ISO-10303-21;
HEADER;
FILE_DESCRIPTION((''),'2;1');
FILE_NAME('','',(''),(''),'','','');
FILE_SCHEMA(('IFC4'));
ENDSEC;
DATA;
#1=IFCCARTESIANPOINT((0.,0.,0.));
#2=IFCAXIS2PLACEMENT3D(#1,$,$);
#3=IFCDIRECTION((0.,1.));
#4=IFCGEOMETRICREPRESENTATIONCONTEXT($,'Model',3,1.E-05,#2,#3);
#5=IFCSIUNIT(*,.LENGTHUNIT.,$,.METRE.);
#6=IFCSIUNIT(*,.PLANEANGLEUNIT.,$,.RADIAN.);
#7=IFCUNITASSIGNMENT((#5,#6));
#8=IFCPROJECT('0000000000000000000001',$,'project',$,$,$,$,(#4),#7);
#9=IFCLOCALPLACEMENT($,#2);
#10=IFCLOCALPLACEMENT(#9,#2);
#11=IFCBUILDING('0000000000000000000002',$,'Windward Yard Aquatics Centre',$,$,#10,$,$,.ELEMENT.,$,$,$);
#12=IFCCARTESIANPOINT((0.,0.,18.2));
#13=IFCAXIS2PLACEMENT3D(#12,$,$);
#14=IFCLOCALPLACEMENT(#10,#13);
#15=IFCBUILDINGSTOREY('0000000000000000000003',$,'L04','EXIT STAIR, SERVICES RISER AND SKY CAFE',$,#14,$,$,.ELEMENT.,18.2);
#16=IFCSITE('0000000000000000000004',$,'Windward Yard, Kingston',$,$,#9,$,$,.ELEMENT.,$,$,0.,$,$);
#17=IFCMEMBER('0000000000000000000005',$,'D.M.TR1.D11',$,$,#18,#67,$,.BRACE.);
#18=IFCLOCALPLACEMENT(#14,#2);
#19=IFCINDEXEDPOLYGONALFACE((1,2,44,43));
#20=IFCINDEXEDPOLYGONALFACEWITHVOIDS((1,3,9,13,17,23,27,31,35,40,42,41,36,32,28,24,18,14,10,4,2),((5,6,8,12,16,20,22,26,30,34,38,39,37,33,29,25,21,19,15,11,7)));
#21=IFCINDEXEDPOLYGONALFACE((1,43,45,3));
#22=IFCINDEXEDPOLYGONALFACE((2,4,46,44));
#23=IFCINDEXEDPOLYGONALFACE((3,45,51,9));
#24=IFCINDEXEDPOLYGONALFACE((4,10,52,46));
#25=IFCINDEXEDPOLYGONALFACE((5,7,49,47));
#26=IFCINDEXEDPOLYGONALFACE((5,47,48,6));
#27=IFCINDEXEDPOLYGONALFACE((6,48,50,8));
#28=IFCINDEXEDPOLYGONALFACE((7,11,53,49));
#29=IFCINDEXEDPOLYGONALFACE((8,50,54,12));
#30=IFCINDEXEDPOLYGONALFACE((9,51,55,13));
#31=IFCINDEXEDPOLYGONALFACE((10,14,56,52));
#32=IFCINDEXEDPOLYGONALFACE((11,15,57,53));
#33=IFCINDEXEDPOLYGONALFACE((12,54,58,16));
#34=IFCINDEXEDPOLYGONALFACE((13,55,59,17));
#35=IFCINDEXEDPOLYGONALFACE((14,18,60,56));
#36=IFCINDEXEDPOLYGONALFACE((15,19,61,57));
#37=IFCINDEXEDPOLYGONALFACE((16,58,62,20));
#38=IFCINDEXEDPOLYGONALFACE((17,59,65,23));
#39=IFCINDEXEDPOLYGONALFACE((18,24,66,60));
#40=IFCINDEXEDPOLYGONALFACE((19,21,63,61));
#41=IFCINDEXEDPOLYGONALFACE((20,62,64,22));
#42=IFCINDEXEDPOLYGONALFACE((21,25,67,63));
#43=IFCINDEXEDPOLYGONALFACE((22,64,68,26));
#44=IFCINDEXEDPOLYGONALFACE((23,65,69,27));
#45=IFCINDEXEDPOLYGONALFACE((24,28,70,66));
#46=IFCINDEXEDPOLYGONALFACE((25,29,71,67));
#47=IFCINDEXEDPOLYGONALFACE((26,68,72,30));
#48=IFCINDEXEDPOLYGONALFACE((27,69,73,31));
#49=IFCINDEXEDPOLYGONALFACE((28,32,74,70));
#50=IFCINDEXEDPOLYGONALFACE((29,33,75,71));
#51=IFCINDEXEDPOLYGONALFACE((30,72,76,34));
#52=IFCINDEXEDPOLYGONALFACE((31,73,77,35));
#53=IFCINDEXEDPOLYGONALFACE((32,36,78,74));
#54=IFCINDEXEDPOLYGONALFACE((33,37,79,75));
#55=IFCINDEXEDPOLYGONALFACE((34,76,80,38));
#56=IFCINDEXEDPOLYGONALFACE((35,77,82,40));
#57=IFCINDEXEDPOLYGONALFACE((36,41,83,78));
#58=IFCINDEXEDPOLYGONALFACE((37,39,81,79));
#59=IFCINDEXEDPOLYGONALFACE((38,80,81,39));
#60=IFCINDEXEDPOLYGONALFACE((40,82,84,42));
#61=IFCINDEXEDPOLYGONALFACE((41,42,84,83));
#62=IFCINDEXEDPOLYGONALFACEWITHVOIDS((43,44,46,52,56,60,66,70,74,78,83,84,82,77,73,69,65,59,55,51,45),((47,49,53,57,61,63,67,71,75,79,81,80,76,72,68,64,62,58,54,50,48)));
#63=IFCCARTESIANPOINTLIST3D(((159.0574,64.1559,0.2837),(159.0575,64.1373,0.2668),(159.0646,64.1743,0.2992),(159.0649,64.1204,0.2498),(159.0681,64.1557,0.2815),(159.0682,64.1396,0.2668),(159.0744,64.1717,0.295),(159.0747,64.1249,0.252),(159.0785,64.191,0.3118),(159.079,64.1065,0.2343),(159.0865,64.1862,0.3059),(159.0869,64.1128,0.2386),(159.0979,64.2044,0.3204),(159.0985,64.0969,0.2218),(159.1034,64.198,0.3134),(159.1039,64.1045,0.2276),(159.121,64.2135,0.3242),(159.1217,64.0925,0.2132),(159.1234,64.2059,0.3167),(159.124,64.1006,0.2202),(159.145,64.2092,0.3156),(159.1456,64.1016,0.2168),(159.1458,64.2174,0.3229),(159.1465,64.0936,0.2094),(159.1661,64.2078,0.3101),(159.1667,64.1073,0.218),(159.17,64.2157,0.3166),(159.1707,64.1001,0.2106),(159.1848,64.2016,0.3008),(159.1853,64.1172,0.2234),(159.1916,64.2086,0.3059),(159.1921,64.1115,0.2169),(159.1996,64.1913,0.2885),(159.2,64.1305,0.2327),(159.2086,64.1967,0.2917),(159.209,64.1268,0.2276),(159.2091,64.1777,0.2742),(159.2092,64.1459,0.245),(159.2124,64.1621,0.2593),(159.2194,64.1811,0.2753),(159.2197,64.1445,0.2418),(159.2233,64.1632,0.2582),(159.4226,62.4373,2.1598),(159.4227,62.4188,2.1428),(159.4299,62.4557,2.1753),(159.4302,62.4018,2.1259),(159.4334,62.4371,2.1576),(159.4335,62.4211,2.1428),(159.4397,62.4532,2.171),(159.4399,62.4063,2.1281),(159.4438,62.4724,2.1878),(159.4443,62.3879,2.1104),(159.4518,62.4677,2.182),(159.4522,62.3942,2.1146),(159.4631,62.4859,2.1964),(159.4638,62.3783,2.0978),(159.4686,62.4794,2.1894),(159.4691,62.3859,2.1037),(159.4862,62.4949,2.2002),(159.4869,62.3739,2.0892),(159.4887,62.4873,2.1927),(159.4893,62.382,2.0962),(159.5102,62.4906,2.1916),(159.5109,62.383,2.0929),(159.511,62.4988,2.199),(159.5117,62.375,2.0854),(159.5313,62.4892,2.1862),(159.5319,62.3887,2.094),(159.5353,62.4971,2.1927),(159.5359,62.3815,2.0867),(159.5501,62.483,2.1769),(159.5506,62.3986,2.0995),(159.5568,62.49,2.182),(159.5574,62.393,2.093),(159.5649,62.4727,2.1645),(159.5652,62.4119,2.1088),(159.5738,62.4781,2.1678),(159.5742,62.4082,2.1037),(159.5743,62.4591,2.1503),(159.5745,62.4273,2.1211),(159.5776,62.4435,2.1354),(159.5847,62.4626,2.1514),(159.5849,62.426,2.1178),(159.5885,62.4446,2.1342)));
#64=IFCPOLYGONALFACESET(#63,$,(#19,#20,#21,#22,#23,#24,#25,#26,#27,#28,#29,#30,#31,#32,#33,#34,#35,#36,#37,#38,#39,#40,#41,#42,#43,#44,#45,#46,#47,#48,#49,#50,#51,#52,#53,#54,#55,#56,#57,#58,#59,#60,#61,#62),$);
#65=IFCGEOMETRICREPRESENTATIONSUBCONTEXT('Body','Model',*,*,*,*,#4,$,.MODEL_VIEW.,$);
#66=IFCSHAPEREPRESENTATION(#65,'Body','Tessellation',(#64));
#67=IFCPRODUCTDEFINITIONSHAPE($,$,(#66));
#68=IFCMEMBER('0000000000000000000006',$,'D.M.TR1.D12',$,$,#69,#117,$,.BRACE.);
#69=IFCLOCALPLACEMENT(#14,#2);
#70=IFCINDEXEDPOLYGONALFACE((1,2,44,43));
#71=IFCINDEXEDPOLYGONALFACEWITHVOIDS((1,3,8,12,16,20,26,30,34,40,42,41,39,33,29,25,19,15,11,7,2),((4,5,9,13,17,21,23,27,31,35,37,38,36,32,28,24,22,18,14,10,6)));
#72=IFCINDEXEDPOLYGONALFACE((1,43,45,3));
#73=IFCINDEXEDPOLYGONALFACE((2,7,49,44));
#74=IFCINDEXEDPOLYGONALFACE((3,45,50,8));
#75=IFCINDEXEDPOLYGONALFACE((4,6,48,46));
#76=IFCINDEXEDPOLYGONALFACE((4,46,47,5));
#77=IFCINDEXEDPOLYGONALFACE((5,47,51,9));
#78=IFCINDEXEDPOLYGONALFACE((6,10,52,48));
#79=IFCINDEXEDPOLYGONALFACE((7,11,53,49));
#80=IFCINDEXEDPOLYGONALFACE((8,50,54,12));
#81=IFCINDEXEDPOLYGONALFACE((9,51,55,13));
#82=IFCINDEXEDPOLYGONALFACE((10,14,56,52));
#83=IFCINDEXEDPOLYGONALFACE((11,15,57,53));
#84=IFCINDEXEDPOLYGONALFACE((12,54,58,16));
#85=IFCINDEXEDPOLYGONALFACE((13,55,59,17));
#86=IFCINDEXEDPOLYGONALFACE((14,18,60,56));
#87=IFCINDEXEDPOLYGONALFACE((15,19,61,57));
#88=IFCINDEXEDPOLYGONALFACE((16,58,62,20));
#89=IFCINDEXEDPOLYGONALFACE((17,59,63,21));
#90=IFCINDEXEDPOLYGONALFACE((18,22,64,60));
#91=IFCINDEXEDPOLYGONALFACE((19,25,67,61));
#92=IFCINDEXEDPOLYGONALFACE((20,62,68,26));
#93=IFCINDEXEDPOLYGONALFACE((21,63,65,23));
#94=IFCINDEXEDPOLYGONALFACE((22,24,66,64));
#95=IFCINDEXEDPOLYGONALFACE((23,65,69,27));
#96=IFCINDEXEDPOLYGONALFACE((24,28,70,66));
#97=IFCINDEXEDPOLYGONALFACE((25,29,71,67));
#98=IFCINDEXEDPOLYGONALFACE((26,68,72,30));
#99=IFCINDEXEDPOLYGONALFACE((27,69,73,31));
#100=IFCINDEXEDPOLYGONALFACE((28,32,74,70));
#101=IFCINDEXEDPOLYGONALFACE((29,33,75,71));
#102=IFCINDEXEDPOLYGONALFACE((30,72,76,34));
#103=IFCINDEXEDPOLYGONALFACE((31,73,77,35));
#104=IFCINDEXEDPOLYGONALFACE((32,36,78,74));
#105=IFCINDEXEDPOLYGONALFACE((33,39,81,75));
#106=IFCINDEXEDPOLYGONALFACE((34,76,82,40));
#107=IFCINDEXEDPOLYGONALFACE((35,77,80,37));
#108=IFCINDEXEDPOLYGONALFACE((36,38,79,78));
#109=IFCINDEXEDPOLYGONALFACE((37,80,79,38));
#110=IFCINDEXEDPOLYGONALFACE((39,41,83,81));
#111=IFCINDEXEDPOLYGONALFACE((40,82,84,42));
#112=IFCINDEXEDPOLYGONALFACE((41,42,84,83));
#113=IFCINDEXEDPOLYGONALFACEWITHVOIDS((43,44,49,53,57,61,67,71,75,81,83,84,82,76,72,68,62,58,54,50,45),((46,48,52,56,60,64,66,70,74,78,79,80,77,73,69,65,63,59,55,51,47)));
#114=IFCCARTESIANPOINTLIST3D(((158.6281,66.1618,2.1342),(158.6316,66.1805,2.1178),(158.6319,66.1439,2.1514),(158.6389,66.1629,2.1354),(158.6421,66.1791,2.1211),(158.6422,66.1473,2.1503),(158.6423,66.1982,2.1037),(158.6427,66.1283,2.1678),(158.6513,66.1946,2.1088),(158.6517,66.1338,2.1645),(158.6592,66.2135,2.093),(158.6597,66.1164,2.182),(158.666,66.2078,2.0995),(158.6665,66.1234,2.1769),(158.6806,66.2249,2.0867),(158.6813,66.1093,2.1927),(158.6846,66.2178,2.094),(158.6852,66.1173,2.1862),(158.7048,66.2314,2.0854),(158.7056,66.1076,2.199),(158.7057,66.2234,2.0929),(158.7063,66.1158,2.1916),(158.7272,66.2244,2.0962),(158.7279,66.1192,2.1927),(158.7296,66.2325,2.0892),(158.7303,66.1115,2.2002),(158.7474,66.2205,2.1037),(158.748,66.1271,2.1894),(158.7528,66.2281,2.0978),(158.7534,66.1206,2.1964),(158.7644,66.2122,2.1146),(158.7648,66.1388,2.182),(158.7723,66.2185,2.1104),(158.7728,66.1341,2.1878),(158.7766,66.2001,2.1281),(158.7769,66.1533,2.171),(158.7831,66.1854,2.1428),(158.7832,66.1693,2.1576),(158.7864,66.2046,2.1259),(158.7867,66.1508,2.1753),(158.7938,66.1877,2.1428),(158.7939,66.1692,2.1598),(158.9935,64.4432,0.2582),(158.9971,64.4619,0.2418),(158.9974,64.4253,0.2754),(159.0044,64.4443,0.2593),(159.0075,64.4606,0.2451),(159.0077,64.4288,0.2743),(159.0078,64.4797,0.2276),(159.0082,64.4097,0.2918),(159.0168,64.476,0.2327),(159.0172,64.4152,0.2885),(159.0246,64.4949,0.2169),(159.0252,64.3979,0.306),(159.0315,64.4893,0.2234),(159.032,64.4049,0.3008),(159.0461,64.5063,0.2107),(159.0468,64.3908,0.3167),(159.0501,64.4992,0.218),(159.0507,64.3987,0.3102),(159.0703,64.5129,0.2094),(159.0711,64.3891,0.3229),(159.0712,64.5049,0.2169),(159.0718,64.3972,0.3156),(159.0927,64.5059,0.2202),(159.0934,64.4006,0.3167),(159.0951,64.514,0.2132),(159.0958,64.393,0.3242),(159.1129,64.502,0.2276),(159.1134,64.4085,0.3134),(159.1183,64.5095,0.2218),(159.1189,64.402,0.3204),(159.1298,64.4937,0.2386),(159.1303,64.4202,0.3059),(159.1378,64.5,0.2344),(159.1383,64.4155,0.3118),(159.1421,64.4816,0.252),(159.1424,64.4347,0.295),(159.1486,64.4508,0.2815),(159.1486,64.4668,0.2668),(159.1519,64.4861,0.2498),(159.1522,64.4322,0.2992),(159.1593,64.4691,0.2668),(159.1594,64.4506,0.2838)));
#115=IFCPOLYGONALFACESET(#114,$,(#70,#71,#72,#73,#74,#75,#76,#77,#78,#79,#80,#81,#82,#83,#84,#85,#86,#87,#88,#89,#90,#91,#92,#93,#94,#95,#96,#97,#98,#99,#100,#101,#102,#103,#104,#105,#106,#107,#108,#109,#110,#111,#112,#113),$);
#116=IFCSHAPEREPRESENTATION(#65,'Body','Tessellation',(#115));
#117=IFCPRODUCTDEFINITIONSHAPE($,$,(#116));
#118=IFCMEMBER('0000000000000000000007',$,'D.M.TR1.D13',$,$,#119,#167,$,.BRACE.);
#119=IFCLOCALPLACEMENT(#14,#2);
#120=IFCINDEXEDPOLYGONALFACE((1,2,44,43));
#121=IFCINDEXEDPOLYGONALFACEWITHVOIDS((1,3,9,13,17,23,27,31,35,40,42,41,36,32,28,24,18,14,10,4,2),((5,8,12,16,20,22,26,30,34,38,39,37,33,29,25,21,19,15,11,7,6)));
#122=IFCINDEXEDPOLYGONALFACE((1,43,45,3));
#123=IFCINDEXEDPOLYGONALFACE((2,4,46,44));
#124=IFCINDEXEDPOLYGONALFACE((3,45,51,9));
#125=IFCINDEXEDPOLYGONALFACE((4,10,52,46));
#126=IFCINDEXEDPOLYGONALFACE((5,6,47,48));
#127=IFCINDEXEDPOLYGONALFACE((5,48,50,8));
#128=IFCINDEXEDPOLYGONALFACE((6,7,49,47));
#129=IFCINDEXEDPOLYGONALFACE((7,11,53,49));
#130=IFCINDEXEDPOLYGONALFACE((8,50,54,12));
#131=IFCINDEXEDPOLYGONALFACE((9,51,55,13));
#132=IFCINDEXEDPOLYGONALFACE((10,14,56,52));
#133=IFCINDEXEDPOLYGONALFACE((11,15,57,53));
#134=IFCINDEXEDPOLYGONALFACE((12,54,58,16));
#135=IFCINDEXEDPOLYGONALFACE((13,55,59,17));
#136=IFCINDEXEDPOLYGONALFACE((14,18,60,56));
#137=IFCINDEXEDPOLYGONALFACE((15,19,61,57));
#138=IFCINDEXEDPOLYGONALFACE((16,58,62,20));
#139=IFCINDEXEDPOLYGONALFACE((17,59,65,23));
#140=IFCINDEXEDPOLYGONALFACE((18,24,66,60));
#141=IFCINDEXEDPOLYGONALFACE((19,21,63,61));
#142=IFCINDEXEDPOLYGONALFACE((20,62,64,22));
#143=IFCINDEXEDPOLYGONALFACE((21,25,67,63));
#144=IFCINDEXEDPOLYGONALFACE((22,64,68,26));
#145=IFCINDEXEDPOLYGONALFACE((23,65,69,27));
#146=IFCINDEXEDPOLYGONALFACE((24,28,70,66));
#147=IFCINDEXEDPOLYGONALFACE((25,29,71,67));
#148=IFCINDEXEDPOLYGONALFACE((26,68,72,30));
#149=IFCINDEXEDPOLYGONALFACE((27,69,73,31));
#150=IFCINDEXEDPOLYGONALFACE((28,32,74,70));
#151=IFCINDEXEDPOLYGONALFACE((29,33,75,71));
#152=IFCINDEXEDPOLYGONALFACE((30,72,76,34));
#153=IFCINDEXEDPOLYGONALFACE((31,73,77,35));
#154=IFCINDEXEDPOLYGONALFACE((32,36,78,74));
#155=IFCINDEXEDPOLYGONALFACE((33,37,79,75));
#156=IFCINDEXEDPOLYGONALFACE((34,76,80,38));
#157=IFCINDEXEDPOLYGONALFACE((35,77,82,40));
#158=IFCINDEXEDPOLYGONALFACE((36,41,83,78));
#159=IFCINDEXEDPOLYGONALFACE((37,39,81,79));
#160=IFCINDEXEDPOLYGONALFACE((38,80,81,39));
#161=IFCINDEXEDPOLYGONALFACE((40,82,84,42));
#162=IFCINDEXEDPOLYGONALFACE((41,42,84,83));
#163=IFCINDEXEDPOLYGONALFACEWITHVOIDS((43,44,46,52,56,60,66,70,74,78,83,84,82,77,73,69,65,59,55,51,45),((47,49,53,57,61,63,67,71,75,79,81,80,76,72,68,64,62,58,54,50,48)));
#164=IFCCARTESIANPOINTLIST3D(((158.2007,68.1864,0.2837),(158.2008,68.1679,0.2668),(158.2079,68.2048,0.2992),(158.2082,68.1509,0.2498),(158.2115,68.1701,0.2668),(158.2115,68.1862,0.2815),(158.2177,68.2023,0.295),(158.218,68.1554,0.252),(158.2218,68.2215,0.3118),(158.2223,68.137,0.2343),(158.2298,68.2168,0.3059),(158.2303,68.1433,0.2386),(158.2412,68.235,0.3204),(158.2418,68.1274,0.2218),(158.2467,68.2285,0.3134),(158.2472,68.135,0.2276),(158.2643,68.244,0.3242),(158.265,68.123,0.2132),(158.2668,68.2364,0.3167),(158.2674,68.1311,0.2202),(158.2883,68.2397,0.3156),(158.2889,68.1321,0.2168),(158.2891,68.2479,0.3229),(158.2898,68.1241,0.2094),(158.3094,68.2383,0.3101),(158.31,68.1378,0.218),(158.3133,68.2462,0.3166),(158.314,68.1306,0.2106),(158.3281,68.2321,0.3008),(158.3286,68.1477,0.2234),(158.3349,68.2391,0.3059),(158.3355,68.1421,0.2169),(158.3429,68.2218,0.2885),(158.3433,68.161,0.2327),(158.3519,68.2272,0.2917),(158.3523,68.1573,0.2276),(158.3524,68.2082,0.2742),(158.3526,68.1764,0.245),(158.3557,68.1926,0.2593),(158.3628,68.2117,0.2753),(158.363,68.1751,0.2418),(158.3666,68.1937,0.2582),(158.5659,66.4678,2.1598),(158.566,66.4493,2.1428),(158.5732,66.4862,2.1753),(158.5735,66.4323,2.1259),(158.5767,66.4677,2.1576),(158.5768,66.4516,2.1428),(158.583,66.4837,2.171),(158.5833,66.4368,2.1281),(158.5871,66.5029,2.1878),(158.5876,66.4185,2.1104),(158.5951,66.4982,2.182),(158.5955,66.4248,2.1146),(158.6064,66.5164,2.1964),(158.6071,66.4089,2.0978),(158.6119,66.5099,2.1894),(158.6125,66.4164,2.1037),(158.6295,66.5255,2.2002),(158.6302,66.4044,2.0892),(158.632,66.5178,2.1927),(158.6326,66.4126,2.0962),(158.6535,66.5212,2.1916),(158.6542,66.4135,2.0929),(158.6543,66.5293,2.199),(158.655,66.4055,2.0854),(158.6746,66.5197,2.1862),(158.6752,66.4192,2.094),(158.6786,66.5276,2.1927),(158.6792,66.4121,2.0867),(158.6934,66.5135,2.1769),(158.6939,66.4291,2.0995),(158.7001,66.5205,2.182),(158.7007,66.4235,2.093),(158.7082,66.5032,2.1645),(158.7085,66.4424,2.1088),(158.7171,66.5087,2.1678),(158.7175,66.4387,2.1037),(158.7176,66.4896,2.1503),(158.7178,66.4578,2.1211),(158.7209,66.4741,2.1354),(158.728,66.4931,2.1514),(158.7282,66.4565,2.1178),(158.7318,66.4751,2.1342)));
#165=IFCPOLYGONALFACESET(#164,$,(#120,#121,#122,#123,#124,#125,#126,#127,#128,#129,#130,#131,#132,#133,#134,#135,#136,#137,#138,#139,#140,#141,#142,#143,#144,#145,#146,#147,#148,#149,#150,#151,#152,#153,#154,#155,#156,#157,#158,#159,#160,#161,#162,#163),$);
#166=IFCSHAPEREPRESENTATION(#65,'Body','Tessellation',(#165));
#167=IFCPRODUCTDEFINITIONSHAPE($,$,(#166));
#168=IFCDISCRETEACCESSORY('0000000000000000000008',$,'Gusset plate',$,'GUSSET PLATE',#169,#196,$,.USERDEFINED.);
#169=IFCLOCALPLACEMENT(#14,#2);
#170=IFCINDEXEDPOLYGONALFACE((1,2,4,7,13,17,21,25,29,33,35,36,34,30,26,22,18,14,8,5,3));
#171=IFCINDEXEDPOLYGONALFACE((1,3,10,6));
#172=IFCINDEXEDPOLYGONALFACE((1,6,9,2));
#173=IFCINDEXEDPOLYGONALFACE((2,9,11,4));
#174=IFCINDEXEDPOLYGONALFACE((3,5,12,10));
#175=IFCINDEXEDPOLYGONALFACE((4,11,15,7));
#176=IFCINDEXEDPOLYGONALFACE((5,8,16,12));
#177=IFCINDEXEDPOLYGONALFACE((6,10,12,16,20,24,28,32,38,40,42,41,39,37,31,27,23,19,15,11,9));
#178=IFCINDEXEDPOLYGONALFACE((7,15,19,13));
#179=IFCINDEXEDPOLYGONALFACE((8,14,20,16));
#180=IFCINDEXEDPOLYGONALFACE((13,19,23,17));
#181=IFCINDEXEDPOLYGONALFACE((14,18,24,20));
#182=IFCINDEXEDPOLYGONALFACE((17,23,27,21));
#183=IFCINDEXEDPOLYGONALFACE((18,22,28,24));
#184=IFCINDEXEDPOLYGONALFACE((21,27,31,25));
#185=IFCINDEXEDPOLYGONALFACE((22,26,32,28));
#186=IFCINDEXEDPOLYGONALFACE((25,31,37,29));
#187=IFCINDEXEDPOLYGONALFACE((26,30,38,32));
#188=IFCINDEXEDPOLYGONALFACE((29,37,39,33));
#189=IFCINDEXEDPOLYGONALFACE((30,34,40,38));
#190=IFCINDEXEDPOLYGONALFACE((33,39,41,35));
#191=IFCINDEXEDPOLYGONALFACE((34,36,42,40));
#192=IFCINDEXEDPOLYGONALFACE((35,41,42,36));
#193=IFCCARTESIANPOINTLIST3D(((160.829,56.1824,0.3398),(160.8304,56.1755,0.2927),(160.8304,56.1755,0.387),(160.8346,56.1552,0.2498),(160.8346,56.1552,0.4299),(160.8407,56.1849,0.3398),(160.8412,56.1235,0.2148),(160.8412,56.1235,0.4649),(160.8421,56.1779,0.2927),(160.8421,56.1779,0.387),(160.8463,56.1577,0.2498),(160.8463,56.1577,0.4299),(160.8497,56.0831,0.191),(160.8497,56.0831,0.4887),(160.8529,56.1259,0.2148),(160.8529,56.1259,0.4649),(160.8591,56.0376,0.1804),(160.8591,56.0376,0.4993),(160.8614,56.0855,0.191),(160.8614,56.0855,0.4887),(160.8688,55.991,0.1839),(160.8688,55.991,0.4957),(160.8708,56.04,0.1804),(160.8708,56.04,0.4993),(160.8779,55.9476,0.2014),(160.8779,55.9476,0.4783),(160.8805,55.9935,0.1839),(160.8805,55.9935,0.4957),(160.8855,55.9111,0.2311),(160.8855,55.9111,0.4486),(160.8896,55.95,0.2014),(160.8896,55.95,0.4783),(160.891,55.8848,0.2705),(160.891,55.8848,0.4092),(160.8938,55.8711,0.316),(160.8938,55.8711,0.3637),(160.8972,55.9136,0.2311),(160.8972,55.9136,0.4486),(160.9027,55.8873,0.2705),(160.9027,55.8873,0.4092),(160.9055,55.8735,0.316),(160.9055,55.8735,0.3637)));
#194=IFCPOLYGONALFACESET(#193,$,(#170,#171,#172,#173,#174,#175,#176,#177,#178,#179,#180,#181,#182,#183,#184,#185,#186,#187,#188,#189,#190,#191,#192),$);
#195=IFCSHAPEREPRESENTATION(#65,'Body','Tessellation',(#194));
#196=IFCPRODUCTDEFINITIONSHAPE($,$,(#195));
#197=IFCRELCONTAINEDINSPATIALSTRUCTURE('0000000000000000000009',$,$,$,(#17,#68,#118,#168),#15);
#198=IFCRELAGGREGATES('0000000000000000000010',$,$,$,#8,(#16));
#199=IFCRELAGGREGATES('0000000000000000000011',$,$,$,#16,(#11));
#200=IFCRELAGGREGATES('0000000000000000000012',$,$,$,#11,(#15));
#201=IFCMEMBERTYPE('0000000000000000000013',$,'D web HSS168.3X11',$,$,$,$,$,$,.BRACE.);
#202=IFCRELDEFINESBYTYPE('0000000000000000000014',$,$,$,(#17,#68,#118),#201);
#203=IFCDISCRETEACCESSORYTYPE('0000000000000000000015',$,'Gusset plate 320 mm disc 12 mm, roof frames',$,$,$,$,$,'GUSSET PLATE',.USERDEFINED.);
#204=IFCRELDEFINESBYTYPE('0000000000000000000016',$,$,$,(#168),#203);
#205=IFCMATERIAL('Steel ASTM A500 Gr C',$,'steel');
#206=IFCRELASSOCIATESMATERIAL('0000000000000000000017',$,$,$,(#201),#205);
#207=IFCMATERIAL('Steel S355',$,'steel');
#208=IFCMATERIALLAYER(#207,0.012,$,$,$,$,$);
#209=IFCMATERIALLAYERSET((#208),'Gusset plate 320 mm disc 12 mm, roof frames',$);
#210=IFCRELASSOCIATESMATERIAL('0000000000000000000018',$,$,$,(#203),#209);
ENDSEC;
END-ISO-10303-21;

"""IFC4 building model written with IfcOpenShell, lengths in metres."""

from ifc_helpers import new_model, si_unit, direction, frame, origin, origin_2d, place, context, subcontext, project, spatial, circle, hollow_circle, extrude, material, layer, layer_set, material_profile, profile_set, type_object, element, save


model = new_model("IFC4")

# Units and contexts
model_context = context("Model", 3, precision=1e-05, world=origin(), true_north=direction((0.0, 1.0)))
body_context = subcontext(model_context, "Body", "Model", "MODEL_VIEW")
ifc_project = project(units=[si_unit("LENGTHUNIT", "METRE"), si_unit("PLANEANGLEUNIT", "RADIAN")], contexts=[model_context])

# Site, building, storey
site_placement = place(None, origin())
site = spatial("IfcSite", under=ifc_project, at=site_placement, Name="Windward Yard, Kingston", CompositionType="ELEMENT", RefElevation=0.0)
building_placement = place(site_placement, origin())
building = spatial("IfcBuilding", under=site, at=building_placement, Name="Windward Yard Aquatics Centre", CompositionType="ELEMENT")
storey_placement = place(building_placement, frame((0.0, 0.0, 18.2)))
storey = spatial("IfcBuildingStorey", under=building, at=storey_placement, Name="L04", Description="EXIT STAIR, SERVICES RISER AND SKY CAFE", CompositionType="ELEMENT", Elevation=18.2)

# Members
ifc_material_1 = material(Name="Steel ASTM A500 Gr C", Category="steel")
ifc_material_profile_1 = material_profile(ifc_material_1, hollow_circle(Radius=0.0842, WallThickness=0.011, at=origin_2d()), Name="HSS168.3X11")
ifc_profile_set_1 = profile_set([ifc_material_profile_1], Name="Steel ASTM A500 Gr C")
member_type_1 = type_object("IfcMemberType", Name="D web HSS168.3X11", PredefinedType="BRACE", material=ifc_profile_set_1)
for number, where, z_axis, x_axis, name in (
    (1, (159.5051, 62.4363, 2.1428), (-0.142103, 0.668626, -0.729894), (-0.978153, -0.207887, 0.0), "D.M.TR1.D11"),
    (2, (158.7114, 66.1702, 2.1428), (0.142196, -0.668617, -0.729884), (0.978125, 0.20802, 0.0), "D.M.TR1.D12"),
    (3, (158.6484, 66.4668, 2.1428), (-0.142103, 0.668626, -0.729894), (-0.978153, -0.207887, 0.0), "D.M.TR1.D13"),
):
    element("IfcMember", number, at=place(storey_placement, frame(where, z_axis=z_axis, x_axis=x_axis)), inside=storey, type_object=member_type_1, Name=name, PredefinedType="BRACE", context=body_context, shape_type="SweptSolid", body=[
        extrude(hollow_circle(Radius=0.0842, WallThickness=0.011, at=origin_2d()), origin(), (0.0, 0.0, 1.0), 2.5703),
    ])

# Discrete accessory
ifc_material_2 = material(Name="Steel S355", Category="steel")
ifc_layer = layer(ifc_material_2, 0.012)
ifc_layer_set = layer_set([ifc_layer], Name="Gusset plate 320 mm disc 12 mm, roof frames")
discrete_accessory_type = type_object("IfcDiscreteAccessoryType", Name="Gusset plate 320 mm disc 12 mm, roof frames", ElementType="GUSSET PLATE", PredefinedType="USERDEFINED", material=ifc_layer_set)
for number, where, z_axis, x_axis, name in (
    (4, (160.8616, 56.0259, 0.3398), (0.97898, 0.203954, 0.0), (-0.203954, 0.97898, 0.0), "Gusset plate"),
):
    element("IfcDiscreteAccessory", number, at=place(storey_placement, frame(where, z_axis=z_axis, x_axis=x_axis)), inside=storey, type_object=discrete_accessory_type, Name=name, ObjectType="GUSSET PLATE", PredefinedType="USERDEFINED", context=body_context, shape_type="SweptSolid", body=[
        extrude(circle(Radius=0.1599, at=origin_2d()), origin(), (0.0, 0.0, 1.0), 0.012),
    ])

save(model, "model.ifc")
